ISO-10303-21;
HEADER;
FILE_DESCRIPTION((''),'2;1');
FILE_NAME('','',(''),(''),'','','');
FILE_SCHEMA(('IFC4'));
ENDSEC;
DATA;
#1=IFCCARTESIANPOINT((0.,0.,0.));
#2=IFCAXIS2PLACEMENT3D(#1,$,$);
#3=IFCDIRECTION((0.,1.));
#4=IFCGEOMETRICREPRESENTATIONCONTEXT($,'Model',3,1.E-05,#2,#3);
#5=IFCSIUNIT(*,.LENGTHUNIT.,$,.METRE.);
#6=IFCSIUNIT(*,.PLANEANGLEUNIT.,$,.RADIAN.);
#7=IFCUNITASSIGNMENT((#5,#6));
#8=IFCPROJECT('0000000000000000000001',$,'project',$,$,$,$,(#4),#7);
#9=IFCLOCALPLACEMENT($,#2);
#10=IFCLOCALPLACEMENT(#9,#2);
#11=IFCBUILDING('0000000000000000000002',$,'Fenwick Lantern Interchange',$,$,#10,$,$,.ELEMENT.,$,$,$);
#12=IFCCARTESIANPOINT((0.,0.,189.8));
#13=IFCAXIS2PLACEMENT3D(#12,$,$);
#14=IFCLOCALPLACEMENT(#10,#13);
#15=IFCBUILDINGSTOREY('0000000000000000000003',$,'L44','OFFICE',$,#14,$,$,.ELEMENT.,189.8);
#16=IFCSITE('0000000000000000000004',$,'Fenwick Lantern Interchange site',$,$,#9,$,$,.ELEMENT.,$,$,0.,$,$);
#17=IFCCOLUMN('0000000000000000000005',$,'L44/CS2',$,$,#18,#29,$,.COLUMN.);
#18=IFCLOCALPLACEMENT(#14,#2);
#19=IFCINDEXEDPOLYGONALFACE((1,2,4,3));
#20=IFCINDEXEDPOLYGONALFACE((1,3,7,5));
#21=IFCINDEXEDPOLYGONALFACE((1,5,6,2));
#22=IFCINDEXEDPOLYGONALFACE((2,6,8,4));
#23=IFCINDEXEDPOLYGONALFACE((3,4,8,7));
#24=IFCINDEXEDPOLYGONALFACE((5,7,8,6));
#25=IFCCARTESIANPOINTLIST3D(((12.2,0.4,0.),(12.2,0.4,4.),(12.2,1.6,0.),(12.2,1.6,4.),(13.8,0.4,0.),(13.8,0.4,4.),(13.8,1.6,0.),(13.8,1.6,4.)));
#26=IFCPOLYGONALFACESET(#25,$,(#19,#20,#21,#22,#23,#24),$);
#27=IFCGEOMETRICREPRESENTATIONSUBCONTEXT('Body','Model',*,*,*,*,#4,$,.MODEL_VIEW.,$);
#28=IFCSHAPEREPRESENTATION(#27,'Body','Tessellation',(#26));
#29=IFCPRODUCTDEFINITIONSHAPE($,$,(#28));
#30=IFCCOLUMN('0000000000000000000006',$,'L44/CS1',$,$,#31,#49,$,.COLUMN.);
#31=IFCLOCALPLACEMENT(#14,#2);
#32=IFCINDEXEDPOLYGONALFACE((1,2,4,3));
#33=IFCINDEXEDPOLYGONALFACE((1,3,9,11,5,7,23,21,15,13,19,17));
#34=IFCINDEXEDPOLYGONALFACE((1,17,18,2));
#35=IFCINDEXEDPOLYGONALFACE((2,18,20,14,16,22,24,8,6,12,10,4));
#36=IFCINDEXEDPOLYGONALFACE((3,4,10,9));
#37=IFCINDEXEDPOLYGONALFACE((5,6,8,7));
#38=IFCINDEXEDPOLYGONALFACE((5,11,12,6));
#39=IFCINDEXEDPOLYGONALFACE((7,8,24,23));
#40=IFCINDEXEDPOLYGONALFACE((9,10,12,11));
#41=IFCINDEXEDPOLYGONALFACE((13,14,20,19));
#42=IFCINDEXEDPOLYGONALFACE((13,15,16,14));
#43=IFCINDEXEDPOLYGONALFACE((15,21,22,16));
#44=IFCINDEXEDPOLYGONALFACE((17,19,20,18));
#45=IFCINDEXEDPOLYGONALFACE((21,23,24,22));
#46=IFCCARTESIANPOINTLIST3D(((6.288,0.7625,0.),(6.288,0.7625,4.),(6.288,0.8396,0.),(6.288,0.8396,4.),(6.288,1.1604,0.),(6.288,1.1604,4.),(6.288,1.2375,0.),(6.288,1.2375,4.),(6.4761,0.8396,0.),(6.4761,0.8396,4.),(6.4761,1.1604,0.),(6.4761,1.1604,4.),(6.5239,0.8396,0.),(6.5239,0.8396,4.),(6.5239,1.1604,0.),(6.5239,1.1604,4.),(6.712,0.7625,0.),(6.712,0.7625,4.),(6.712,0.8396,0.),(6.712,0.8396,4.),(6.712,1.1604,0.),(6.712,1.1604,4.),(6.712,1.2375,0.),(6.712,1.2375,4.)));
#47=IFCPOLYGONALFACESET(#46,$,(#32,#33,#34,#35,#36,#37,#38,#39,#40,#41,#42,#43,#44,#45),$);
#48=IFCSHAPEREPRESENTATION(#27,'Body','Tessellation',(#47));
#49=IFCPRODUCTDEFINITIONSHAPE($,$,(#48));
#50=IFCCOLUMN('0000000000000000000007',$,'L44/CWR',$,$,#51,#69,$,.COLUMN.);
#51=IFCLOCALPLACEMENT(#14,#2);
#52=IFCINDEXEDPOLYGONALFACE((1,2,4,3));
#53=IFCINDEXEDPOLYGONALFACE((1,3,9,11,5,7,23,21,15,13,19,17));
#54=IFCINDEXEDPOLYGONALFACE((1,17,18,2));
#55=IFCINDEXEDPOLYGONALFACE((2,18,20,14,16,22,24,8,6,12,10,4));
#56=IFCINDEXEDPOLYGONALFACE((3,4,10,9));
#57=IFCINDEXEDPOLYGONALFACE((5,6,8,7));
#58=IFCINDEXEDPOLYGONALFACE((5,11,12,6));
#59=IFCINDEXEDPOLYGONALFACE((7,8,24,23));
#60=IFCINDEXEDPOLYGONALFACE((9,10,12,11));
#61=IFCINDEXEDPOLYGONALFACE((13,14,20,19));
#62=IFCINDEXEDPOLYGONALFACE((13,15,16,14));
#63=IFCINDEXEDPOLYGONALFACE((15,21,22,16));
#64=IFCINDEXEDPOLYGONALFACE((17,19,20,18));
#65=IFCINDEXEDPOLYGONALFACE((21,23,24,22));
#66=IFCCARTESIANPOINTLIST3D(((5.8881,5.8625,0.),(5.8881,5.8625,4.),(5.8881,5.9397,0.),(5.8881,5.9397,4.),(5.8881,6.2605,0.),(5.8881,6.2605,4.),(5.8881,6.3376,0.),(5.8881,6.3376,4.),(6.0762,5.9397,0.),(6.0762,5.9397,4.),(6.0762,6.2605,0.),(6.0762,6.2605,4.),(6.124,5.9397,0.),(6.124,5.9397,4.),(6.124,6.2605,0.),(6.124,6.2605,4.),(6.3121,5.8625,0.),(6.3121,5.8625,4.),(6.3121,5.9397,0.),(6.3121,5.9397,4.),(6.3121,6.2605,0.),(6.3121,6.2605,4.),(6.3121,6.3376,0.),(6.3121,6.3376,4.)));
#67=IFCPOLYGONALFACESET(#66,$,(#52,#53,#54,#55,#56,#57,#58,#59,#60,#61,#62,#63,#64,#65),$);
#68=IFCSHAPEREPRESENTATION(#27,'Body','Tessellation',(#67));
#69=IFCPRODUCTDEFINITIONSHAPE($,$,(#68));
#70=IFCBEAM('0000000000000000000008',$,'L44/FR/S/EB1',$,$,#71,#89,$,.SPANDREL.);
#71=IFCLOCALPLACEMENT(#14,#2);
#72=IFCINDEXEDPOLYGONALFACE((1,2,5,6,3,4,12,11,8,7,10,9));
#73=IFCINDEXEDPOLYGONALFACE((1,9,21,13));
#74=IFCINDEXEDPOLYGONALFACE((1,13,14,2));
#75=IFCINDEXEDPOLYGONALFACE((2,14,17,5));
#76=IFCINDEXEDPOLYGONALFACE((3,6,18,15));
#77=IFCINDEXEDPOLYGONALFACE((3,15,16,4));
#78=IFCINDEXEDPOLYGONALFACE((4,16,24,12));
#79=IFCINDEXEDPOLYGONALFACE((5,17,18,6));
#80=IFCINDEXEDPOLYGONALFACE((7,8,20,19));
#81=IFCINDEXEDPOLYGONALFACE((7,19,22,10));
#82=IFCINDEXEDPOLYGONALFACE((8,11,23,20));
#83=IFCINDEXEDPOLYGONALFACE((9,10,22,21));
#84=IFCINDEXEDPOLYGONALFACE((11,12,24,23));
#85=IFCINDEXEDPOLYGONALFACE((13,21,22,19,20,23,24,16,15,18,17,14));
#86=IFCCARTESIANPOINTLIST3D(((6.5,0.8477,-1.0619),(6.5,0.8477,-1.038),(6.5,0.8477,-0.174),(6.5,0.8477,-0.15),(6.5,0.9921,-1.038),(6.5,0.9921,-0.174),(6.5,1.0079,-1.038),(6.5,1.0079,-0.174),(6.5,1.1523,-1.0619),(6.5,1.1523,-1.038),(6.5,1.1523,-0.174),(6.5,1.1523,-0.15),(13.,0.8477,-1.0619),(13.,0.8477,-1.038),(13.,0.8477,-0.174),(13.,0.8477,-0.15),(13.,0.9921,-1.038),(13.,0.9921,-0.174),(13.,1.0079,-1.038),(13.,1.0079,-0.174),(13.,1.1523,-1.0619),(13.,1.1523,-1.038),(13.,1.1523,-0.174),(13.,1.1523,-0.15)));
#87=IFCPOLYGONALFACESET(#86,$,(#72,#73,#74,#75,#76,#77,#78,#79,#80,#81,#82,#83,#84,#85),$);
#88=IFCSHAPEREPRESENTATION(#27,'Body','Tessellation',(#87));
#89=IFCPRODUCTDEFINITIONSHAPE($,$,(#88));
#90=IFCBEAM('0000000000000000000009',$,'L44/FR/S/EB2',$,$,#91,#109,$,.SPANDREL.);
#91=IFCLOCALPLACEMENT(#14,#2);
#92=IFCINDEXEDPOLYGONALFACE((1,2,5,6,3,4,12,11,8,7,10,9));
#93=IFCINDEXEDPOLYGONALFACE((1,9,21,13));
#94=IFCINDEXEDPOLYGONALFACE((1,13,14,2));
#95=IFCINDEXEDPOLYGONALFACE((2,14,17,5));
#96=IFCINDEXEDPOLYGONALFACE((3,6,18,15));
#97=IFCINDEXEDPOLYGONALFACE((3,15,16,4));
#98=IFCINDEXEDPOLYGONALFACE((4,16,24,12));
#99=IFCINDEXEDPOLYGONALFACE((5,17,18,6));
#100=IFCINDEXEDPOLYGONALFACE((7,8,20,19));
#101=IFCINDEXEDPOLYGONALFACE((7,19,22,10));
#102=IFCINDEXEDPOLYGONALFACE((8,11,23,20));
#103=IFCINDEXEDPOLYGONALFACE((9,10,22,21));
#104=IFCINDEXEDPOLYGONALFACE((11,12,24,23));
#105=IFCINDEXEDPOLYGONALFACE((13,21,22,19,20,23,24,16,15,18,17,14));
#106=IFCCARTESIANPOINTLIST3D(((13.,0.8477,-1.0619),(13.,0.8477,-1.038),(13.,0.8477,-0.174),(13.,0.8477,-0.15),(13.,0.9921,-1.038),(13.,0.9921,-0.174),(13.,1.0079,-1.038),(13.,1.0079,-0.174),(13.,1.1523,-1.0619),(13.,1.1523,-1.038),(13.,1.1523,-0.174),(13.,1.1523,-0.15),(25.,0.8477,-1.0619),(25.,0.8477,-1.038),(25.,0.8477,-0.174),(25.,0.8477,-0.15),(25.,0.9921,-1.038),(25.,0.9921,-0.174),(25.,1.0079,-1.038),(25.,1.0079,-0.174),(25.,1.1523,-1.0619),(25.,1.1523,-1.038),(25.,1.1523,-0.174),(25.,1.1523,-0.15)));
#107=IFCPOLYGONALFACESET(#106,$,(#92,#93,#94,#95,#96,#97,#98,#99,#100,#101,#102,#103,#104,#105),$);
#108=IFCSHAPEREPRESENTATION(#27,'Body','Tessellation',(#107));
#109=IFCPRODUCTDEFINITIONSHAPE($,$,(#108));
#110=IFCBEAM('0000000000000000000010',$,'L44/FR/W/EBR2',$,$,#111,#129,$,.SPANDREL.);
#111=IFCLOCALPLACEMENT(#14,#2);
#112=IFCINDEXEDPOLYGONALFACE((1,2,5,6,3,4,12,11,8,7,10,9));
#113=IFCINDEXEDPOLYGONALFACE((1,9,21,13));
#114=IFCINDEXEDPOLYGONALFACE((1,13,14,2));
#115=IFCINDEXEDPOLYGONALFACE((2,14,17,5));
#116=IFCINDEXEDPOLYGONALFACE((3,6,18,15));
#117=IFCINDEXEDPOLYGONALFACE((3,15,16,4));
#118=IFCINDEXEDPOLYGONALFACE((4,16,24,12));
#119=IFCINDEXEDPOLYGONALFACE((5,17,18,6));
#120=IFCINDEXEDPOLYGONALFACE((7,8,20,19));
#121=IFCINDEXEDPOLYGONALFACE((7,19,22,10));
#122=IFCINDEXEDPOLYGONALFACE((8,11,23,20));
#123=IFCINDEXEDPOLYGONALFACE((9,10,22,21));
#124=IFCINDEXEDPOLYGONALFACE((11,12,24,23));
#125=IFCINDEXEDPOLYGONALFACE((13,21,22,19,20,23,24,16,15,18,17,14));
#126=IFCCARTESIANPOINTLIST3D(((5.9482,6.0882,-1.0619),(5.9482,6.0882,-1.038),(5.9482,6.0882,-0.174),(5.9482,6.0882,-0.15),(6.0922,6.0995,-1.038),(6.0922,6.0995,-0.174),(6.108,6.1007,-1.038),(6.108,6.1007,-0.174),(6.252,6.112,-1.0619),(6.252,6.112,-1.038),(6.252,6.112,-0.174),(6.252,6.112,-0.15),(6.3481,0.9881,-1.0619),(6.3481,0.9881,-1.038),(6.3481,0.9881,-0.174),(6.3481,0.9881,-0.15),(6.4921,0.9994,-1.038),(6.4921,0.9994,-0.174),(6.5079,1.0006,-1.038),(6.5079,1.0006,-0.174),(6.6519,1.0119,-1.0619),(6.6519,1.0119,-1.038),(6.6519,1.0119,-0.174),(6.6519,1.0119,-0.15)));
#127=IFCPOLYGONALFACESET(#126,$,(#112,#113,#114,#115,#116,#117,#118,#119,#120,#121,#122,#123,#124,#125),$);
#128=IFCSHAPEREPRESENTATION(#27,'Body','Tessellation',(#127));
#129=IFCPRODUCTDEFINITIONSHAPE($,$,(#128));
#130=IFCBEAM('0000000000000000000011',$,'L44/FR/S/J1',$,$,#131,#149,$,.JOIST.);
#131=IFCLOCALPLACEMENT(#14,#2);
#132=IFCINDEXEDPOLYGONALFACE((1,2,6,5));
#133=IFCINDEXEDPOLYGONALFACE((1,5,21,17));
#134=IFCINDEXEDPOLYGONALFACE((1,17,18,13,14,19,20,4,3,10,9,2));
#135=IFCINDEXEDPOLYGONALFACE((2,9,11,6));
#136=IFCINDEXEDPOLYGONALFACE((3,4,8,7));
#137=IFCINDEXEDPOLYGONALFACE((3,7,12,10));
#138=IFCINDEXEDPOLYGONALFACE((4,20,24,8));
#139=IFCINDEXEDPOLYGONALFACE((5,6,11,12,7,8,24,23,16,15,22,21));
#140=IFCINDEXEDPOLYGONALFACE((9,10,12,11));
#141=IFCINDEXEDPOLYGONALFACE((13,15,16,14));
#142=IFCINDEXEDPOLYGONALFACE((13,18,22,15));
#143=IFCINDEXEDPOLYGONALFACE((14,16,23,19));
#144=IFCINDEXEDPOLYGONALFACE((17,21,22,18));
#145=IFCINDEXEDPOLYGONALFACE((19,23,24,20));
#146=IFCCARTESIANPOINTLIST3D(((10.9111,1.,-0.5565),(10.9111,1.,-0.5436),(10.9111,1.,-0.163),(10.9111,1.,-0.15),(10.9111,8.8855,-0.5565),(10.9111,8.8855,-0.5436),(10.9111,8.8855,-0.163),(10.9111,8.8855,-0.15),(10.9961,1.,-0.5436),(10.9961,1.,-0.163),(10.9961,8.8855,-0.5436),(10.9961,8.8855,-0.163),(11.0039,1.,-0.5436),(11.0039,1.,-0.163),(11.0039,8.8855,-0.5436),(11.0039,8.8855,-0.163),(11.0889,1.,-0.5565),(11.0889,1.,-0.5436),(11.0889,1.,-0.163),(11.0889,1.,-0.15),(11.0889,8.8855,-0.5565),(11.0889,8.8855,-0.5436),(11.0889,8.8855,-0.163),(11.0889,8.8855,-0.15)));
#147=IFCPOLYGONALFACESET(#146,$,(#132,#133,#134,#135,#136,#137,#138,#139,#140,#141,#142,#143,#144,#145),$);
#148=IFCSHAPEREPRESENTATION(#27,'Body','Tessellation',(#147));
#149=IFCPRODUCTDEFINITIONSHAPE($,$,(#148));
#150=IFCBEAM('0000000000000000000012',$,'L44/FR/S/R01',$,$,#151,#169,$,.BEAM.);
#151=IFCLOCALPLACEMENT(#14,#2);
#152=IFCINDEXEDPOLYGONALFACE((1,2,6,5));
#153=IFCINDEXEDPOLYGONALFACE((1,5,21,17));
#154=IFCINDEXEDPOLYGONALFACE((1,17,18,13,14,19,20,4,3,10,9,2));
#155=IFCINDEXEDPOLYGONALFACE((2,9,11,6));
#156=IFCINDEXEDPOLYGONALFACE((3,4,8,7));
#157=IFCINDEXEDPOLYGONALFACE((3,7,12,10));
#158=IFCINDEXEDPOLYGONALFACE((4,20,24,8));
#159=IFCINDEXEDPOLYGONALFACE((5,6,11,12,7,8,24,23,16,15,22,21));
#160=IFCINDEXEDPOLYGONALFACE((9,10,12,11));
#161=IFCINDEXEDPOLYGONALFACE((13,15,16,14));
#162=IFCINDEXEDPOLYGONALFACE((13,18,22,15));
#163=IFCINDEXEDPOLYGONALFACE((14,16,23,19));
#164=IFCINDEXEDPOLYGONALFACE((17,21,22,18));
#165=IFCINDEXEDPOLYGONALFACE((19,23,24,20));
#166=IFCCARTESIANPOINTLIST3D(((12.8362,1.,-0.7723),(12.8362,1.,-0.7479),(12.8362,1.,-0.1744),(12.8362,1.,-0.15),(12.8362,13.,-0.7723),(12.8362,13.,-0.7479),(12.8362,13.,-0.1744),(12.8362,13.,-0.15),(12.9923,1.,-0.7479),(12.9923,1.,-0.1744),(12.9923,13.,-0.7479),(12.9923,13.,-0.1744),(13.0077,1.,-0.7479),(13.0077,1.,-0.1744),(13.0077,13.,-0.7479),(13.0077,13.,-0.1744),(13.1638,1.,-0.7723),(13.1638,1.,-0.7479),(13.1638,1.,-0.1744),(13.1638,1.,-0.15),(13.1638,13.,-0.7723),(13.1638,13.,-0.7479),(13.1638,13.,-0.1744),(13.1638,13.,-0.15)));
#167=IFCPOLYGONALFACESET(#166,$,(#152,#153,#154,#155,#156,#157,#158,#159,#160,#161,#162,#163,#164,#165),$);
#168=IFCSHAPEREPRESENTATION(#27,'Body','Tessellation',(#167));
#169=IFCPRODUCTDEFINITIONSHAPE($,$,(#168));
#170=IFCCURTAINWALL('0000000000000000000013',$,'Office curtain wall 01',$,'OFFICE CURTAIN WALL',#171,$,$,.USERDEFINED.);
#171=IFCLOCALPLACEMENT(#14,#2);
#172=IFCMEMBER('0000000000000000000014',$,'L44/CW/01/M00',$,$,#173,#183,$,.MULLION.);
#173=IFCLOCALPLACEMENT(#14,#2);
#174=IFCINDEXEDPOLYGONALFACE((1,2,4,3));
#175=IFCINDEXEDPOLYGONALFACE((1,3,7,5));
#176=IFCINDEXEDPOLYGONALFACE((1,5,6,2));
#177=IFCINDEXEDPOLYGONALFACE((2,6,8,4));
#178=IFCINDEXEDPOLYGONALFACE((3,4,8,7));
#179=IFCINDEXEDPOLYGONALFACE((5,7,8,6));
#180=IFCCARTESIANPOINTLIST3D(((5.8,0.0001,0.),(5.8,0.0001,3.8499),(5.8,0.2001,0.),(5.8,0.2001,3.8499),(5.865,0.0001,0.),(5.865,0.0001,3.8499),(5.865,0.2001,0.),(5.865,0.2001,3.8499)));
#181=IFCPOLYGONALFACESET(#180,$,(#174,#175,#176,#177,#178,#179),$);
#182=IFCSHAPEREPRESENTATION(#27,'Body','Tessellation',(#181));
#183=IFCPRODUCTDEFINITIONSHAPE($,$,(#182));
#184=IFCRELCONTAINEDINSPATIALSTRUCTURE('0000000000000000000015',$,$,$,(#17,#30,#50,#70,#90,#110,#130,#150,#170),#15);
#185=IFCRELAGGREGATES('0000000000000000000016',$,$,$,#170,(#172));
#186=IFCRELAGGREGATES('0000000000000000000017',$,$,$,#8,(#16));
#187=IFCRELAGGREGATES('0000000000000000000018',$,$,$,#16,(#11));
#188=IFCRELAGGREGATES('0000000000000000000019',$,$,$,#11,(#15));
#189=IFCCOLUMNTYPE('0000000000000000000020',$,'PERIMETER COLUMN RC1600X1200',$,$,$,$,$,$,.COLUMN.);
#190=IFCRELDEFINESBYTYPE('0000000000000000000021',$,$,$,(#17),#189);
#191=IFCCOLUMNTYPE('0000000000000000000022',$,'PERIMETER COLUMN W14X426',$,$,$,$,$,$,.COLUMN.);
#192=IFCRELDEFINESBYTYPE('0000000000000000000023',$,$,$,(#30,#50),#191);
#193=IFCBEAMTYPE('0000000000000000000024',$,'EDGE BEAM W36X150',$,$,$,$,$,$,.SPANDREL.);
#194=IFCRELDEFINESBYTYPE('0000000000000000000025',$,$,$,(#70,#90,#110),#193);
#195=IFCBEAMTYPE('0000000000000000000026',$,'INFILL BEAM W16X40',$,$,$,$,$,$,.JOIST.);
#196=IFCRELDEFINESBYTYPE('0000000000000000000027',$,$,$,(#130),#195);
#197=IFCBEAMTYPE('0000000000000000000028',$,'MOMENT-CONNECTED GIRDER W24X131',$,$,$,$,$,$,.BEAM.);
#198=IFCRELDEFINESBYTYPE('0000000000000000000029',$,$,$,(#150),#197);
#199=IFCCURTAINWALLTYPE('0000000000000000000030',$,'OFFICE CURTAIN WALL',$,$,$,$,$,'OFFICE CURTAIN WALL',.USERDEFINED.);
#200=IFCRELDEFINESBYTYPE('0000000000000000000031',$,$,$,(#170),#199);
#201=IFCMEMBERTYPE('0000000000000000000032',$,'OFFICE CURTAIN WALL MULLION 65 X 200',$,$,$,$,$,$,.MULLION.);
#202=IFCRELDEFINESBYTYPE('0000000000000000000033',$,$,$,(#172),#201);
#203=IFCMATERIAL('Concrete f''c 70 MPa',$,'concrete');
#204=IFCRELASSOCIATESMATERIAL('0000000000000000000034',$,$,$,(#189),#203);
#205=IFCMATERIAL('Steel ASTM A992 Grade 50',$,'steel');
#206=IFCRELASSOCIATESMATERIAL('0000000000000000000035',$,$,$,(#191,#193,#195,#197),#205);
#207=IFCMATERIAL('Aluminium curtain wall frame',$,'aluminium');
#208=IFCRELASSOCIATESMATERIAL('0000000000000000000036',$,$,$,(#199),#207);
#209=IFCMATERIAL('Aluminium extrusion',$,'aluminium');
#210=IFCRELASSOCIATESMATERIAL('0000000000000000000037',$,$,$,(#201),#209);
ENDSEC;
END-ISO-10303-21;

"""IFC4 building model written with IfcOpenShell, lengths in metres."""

from ifc_helpers import new_model, si_unit, direction, frame, origin, origin_2d, place, context, subcontext, project, spatial, rectangle, i_section, extrude, material, material_profile, profile_set, type_object, element, aggregate, save


model = new_model("IFC4")

# Units and contexts
model_context = context("Model", 3, precision=1e-05, world=origin(), true_north=direction((0.0, 1.0)))
body_context = subcontext(model_context, "Body", "Model", "MODEL_VIEW")
ifc_project = project(units=[si_unit("LENGTHUNIT", "METRE"), si_unit("PLANEANGLEUNIT", "RADIAN")], contexts=[model_context])

# Site, building, storey
site_placement = place(None, origin())
site = spatial("IfcSite", under=ifc_project, at=site_placement, Name="Fenwick Lantern Interchange site", CompositionType="ELEMENT", RefElevation=0.0)
building_placement = place(site_placement, origin())
building = spatial("IfcBuilding", under=site, at=building_placement, Name="Fenwick Lantern Interchange", CompositionType="ELEMENT")
storey_placement = place(building_placement, frame((0.0, 0.0, 189.8)))
storey = spatial("IfcBuildingStorey", under=building, at=storey_placement, Name="L44", Description="OFFICE", CompositionType="ELEMENT", Elevation=189.8)

# Columns
ifc_material_1 = material(Name="Concrete f'c 70 MPa", Category="concrete")
ifc_material_profile_1 = material_profile(ifc_material_1, rectangle(XDim=1.6001, YDim=1.2, at=origin_2d()), Name="RC1600X1200")
ifc_profile_set_1 = profile_set([ifc_material_profile_1], Name="Concrete f'c 70 MPa")
column_type_1 = type_object("IfcColumnType", Name="PERIMETER COLUMN RC1600X1200", PredefinedType="COLUMN", material=ifc_profile_set_1)
column_placement = place(storey_placement, frame((13.0, 1.0, 0.0), z_axis=(0.0, 0.0, 1.0), x_axis=(1.0, 0.0, 0.0)))
element("IfcColumn", 1, at=column_placement, inside=storey, type_object=column_type_1, Name="L44/CS2", PredefinedType="COLUMN", context=body_context, shape_type="SweptSolid", body=[
    extrude(rectangle(XDim=1.6001, YDim=1.2, at=origin_2d()), origin(), (0.0, 0.0, 1.0), 4.0),
])
ifc_material_2 = material(Name="Steel ASTM A992 Grade 50", Category="steel")
ifc_material_profile_2 = material_profile(ifc_material_2, i_section(OverallWidth=0.4241, OverallDepth=0.4751, WebThickness=0.0479, FlangeThickness=0.0771, at=origin_2d()), Name="W14X426")
ifc_profile_set_2 = profile_set([ifc_material_profile_2], Name="Steel ASTM A992 Grade 50")
column_type_2 = type_object("IfcColumnType", Name="PERIMETER COLUMN W14X426", PredefinedType="COLUMN", material=ifc_profile_set_2)
for number, where, z_axis, x_axis, name in (
    (2, (6.5, 1.0, 0.0), (0.0, 0.0, 1.0), (1.0, 0.0, 0.0), "L44/CS1"),
    (3, (6.1001, 6.1001, 0.0), (0.0, 0.0, 1.0), (1.0, 0.0, 0.0), "L44/CWR"),
):
    element("IfcColumn", number, at=place(storey_placement, frame(where, z_axis=z_axis, x_axis=x_axis)), inside=storey, type_object=column_type_2, Name=name, PredefinedType="COLUMN", context=body_context, shape_type="SweptSolid", body=[
        extrude(i_section(OverallWidth=0.4241, OverallDepth=0.4751, WebThickness=0.0479, FlangeThickness=0.0771, at=origin_2d()), origin(), (0.0, 0.0, 1.0), 4.0),
    ])

# Beams
ifc_material_profile_3 = material_profile(ifc_material_2, i_section(OverallWidth=0.3047, OverallDepth=0.9119, WebThickness=0.0159, FlangeThickness=0.0239, at=origin_2d()), Name="W36X150")
ifc_profile_set_3 = profile_set([ifc_material_profile_3], Name="Steel ASTM A992 Grade 50")
beam_type_1 = type_object("IfcBeamType", Name="EDGE BEAM W36X150", PredefinedType="SPANDREL", material=ifc_profile_set_3)
beam_1_placement = place(storey_placement, frame((6.5, 1.0, -0.606), z_axis=(1.0, 0.0, 0.0), x_axis=(0.0, 1.0, 0.0)))
element("IfcBeam", 4, at=beam_1_placement, inside=storey, type_object=beam_type_1, Name="L44/FR/S/EB1", PredefinedType="SPANDREL", context=body_context, shape_type="SweptSolid", body=[
    extrude(i_section(OverallWidth=0.3047, OverallDepth=0.9119, WebThickness=0.0159, FlangeThickness=0.0239, at=origin_2d()), origin(), (0.0, 0.0, 1.0), 6.5),
])
beam_2_placement = place(storey_placement, frame((13.0, 1.0, -0.606), z_axis=(1.0, 0.0, 0.0), x_axis=(0.0, 1.0, 0.0)))
element("IfcBeam", 5, at=beam_2_placement, inside=storey, type_object=beam_type_1, Name="L44/FR/S/EB2", PredefinedType="SPANDREL", context=body_context, shape_type="SweptSolid", body=[
    extrude(i_section(OverallWidth=0.3047, OverallDepth=0.9119, WebThickness=0.0159, FlangeThickness=0.0239, at=origin_2d()), origin(), (0.0, 0.0, 1.0), 12.0),
])
beam_3_placement = place(storey_placement, frame((6.1001, 6.1001, -0.606), z_axis=(0.078171, -0.99694, 0.0), x_axis=(0.99694, 0.078171, 0.0)))
element("IfcBeam", 6, at=beam_3_placement, inside=storey, type_object=beam_type_1, Name="L44/FR/W/EBR2", PredefinedType="SPANDREL", context=body_context, shape_type="SweptSolid", body=[
    extrude(i_section(OverallWidth=0.3047, OverallDepth=0.9119, WebThickness=0.0159, FlangeThickness=0.0239, at=origin_2d()), origin(), (0.0, 0.0, 1.0), 5.1157),
])
ifc_material_profile_4 = material_profile(ifc_material_2, i_section(OverallWidth=0.1777, OverallDepth=0.4065, WebThickness=0.0078, FlangeThickness=0.0129, at=origin_2d()), Name="W16X40")
ifc_profile_set_4 = profile_set([ifc_material_profile_4], Name="Steel ASTM A992 Grade 50")
beam_type_2 = type_object("IfcBeamType", Name="INFILL BEAM W16X40", PredefinedType="JOIST", material=ifc_profile_set_4)
beam_4_placement = place(storey_placement, frame((11.0, 1.0, -0.3533), z_axis=(0.0, 1.0, 0.0), x_axis=(-1.0, 0.0, 0.0)))
element("IfcBeam", 7, at=beam_4_placement, inside=storey, type_object=beam_type_2, Name="L44/FR/S/J1", PredefinedType="JOIST", context=body_context, shape_type="SweptSolid", body=[
    extrude(i_section(OverallWidth=0.1777, OverallDepth=0.4065, WebThickness=0.0078, FlangeThickness=0.0129, at=origin_2d()), origin(), (0.0, 0.0, 1.0), 7.8855),
])
ifc_material_profile_5 = material_profile(ifc_material_2, i_section(OverallWidth=0.3276, OverallDepth=0.6223, WebThickness=0.0154, FlangeThickness=0.0244, at=origin_2d()), Name="W24X131")
ifc_profile_set_5 = profile_set([ifc_material_profile_5], Name="Steel ASTM A992 Grade 50")
beam_type_3 = type_object("IfcBeamType", Name="MOMENT-CONNECTED GIRDER W24X131", PredefinedType="BEAM", material=ifc_profile_set_5)
beam_5_placement = place(storey_placement, frame((13.0, 1.0, -0.4612), z_axis=(0.0, 1.0, 0.0), x_axis=(-1.0, 0.0, 0.0)))
element("IfcBeam", 8, at=beam_5_placement, inside=storey, type_object=beam_type_3, Name="L44/FR/S/R01", PredefinedType="BEAM", context=body_context, shape_type="SweptSolid", body=[
    extrude(i_section(OverallWidth=0.3276, OverallDepth=0.6223, WebThickness=0.0154, FlangeThickness=0.0244, at=origin_2d()), origin(), (0.0, 0.0, 1.0), 12.0),
])

# Curtain wall, member
ifc_material_3 = material(Name="Aluminium curtain wall frame", Category="aluminium")
curtain_wall_type = type_object("IfcCurtainWallType", Name="OFFICE CURTAIN WALL", ElementType="OFFICE CURTAIN WALL", PredefinedType="USERDEFINED", material=ifc_material_3)
curtain_wall_1_placement = place(storey_placement, origin())
curtain_wall_1 = element("IfcCurtainWall", 9, at=curtain_wall_1_placement, inside=storey, type_object=curtain_wall_type, Name="Office curtain wall 01", ObjectType="OFFICE CURTAIN WALL", PredefinedType="USERDEFINED")
ifc_material_4 = material(Name="Aluminium extrusion", Category="aluminium")
ifc_material_profile_6 = material_profile(ifc_material_4, rectangle(XDim=0.2, YDim=0.0649, at=origin_2d()), Name="OFFICE CURTAIN WALL MULLION 65 X 200")
ifc_profile_set_6 = profile_set([ifc_material_profile_6], Name="Aluminium extrusion")
member_type_1 = type_object("IfcMemberType", Name="OFFICE CURTAIN WALL MULLION 65 X 200", PredefinedType="MULLION", material=ifc_profile_set_6)
member_1_placement = place(storey_placement, frame((5.8325, 0.1001, 0.0), z_axis=(0.0, 0.0, 1.0), x_axis=(0.0, 1.0, 0.0)))
member_1 = element("IfcMember", 10, at=member_1_placement, type_object=member_type_1, Name="L44/CW/01/M00", PredefinedType="MULLION", context=body_context, shape_type="SweptSolid", body=[
    extrude(rectangle(XDim=0.2, YDim=0.0649, at=origin_2d()), origin(), (0.0, 0.0, 1.0), 3.8499),
])

aggregate(curtain_wall_1, [member_1])

save(model, "model.ifc")
